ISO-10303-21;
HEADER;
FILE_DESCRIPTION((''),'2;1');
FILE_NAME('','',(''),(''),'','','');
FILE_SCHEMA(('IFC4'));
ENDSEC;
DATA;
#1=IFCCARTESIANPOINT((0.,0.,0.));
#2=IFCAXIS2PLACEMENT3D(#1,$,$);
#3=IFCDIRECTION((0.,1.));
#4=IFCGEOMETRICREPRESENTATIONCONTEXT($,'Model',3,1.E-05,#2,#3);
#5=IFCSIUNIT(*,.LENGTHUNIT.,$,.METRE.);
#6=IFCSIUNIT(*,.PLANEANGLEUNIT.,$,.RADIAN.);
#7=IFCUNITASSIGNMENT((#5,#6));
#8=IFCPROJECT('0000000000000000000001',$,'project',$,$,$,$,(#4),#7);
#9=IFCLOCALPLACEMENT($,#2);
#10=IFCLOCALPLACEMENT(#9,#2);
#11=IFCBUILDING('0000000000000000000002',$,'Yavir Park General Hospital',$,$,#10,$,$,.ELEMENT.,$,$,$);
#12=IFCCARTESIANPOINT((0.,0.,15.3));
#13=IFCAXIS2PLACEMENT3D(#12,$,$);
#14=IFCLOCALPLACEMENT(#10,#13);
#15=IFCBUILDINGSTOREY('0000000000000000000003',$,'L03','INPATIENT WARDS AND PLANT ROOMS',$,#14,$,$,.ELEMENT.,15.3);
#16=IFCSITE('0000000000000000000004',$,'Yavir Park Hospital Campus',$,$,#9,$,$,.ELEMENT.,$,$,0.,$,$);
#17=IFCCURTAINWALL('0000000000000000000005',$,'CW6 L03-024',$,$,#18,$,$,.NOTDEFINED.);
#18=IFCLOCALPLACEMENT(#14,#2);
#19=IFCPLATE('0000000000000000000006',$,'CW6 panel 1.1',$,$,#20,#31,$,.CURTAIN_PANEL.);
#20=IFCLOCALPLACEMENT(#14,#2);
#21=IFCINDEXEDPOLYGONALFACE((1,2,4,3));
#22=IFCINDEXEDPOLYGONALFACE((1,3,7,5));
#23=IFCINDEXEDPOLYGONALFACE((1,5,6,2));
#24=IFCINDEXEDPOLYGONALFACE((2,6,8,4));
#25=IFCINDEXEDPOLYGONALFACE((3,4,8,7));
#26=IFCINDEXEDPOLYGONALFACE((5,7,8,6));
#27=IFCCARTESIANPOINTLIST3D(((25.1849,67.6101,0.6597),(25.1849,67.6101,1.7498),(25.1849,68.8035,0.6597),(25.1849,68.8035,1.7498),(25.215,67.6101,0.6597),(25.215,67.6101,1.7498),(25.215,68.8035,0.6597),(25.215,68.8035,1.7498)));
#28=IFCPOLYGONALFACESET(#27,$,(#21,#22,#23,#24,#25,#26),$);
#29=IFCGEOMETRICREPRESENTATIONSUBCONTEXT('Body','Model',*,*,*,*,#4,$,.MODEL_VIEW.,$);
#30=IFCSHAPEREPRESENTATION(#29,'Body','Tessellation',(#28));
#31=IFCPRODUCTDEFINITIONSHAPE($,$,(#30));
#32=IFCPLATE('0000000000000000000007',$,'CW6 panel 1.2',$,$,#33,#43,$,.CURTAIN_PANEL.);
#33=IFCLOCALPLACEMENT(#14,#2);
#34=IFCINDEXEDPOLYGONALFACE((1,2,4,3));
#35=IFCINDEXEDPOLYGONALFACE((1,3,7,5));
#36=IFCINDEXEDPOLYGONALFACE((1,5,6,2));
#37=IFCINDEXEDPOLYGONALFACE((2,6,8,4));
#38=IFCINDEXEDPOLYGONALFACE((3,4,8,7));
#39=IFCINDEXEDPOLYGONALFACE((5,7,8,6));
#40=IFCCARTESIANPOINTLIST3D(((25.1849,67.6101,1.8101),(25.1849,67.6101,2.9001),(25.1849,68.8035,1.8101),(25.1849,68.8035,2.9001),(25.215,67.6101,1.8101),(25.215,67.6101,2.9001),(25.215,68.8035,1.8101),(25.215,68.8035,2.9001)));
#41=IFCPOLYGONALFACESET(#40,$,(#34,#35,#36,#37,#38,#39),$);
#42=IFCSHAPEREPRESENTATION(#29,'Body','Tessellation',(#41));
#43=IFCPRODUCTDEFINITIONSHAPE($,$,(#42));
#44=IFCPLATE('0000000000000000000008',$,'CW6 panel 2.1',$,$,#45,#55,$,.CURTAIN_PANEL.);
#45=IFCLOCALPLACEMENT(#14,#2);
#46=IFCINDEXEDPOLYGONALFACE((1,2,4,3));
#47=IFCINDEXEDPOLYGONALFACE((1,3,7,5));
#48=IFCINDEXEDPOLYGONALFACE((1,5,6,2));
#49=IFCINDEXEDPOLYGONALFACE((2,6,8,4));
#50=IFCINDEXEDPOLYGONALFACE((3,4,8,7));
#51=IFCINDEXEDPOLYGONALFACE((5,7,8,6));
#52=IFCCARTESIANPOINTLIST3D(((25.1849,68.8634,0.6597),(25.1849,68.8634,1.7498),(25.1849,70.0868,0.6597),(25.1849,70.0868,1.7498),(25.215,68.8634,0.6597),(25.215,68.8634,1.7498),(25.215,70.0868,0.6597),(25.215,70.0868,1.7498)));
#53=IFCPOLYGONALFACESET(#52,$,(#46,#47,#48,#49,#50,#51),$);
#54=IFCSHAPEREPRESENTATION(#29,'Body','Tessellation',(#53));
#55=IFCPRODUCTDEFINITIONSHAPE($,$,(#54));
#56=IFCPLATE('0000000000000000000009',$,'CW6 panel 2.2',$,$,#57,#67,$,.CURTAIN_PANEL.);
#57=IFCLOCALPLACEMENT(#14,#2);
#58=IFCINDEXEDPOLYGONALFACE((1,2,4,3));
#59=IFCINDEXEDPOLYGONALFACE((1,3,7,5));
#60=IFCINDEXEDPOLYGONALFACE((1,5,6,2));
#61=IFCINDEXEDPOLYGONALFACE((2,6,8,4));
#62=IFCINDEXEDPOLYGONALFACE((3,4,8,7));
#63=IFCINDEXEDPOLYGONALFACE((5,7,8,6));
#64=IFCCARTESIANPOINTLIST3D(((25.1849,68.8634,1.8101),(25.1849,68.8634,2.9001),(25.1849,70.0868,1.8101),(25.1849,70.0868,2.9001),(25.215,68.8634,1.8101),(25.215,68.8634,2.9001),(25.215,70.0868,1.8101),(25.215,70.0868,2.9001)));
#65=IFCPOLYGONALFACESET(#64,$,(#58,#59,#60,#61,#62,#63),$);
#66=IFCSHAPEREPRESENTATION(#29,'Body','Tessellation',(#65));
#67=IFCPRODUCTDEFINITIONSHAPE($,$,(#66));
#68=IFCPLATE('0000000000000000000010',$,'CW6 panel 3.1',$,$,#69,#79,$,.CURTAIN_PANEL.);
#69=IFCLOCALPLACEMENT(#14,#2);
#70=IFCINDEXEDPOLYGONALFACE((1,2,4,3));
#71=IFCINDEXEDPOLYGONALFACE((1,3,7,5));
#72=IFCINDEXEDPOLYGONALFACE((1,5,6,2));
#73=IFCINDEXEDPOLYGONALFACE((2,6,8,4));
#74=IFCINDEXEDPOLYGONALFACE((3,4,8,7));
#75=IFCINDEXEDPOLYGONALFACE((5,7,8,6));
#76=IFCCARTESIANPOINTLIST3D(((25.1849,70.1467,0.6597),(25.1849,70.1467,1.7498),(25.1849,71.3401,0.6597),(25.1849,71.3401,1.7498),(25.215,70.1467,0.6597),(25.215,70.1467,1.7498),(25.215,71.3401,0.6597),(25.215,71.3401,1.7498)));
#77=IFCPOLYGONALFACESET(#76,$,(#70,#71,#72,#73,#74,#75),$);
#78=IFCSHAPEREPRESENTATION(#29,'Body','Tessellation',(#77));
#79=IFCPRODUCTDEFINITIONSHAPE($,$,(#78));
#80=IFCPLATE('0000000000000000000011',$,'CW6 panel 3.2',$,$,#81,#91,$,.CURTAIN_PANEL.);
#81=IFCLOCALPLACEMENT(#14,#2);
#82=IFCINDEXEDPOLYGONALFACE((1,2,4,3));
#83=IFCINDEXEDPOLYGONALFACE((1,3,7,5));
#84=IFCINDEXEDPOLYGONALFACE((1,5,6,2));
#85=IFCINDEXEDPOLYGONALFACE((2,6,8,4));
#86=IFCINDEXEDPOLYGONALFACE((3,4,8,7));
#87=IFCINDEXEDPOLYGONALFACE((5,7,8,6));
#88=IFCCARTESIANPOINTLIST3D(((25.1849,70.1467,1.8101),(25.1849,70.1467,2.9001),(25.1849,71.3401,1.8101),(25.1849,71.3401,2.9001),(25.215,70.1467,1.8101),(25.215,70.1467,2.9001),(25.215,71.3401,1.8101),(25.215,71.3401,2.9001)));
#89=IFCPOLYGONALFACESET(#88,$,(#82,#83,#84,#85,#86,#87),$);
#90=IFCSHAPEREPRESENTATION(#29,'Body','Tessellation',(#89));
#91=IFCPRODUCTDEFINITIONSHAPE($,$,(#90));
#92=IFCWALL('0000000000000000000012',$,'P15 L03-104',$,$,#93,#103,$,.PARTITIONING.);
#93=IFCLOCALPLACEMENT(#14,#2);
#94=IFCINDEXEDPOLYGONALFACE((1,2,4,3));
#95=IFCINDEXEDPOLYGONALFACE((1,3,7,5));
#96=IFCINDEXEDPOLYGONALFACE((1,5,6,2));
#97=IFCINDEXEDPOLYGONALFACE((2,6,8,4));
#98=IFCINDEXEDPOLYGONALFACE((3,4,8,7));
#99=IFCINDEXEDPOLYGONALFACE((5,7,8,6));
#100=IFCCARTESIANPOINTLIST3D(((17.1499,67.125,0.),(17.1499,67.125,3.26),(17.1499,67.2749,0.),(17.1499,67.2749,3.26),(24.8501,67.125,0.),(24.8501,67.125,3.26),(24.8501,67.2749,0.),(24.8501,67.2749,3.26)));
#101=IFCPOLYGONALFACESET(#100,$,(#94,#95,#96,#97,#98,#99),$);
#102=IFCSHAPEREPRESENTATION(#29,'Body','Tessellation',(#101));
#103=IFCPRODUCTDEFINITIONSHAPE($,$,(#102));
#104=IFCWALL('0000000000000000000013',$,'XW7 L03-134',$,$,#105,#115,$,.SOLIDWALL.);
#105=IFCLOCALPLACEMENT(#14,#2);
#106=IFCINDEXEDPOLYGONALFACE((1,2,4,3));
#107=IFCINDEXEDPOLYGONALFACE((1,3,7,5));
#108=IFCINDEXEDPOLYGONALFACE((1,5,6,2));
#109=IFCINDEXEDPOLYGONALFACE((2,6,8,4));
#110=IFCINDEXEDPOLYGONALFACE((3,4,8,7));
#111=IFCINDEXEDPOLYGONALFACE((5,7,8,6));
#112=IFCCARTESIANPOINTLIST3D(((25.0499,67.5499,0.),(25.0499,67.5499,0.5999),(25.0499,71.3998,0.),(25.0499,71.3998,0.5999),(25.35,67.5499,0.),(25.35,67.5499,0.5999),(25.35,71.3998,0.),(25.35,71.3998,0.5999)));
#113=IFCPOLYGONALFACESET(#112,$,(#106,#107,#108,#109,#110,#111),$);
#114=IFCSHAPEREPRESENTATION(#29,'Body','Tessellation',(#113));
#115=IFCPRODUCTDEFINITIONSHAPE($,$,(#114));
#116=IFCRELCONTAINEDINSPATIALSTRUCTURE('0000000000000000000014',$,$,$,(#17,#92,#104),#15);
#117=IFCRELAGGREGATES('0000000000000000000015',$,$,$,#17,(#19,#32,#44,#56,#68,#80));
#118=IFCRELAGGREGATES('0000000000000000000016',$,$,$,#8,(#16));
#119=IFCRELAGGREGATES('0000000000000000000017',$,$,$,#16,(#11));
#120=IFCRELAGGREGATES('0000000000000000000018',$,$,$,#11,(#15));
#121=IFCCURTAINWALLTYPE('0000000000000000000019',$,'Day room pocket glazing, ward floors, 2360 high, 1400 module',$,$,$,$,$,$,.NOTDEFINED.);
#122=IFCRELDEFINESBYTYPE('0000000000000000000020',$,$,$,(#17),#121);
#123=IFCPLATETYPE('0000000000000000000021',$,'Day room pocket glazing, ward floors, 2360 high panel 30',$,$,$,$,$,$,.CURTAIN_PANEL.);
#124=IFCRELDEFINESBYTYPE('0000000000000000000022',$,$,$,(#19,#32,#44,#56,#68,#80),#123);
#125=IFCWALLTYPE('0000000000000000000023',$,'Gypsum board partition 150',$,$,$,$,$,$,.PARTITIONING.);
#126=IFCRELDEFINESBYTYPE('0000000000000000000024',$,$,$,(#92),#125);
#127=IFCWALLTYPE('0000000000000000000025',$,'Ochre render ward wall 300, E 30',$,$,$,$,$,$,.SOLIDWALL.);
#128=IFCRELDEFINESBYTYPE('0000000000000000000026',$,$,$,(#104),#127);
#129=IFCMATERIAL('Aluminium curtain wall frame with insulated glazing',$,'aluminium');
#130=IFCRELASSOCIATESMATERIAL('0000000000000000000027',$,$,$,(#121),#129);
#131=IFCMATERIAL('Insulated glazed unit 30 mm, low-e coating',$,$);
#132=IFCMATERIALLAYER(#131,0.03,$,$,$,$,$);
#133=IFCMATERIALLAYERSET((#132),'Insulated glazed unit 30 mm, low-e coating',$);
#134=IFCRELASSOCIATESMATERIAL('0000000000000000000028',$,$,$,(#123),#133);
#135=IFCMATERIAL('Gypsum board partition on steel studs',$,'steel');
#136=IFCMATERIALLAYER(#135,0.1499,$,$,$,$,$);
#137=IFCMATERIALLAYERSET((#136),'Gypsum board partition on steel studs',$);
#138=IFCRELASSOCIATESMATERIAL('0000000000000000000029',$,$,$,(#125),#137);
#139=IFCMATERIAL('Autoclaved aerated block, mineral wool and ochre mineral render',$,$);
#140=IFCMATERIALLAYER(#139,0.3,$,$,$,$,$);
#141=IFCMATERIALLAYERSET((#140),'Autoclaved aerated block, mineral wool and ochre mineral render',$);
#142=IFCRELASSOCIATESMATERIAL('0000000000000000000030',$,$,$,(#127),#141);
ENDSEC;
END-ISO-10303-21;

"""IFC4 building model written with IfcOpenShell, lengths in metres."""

from ifc_helpers import new_model, si_unit, direction, frame, frame_2d, origin, origin_2d, place, context, subcontext, project, spatial, rectangle, extrude, material, layer, layer_set, type_object, element, aggregate, save


model = new_model("IFC4")

# Units and contexts
model_context = context("Model", 3, precision=1e-05, world=origin(), true_north=direction((0.0, 1.0)))
body_context = subcontext(model_context, "Body", "Model", "MODEL_VIEW")
ifc_project = project(units=[si_unit("LENGTHUNIT", "METRE"), si_unit("PLANEANGLEUNIT", "RADIAN")], contexts=[model_context])

# Site, building, storey
site_placement = place(None, origin())
site = spatial("IfcSite", under=ifc_project, at=site_placement, Name="Yavir Park Hospital Campus", CompositionType="ELEMENT", RefElevation=0.0)
building_placement = place(site_placement, origin())
building = spatial("IfcBuilding", under=site, at=building_placement, Name="Yavir Park General Hospital", CompositionType="ELEMENT")
storey_placement = place(building_placement, frame((0.0, 0.0, 15.3)))
storey = spatial("IfcBuildingStorey", under=building, at=storey_placement, Name="L03", Description="INPATIENT WARDS AND PLANT ROOMS", CompositionType="ELEMENT", Elevation=15.3)

# Curtain wall
ifc_material_1 = material(Name="Aluminium curtain wall frame with insulated glazing", Category="aluminium")
curtain_wall_type = type_object("IfcCurtainWallType", Name="Day room pocket glazing, ward floors, 2360 high, 1400 module", PredefinedType="NOTDEFINED", material=ifc_material_1)
curtain_wall_placement = place(storey_placement, origin())
curtain_wall = element("IfcCurtainWall", 1, at=curtain_wall_placement, inside=storey, type_object=curtain_wall_type, Name="CW6 L03-024", PredefinedType="NOTDEFINED")

# Plates
ifc_material_2 = material(Name="Insulated glazed unit 30 mm, low-e coating")
ifc_layer_1 = layer(ifc_material_2, 0.03)
ifc_layer_set_1 = layer_set([ifc_layer_1], Name="Insulated glazed unit 30 mm, low-e coating")
plate_type = type_object("IfcPlateType", Name="Day room pocket glazing, ward floors, 2360 high panel 30", PredefinedType="CURTAIN_PANEL", material=ifc_layer_set_1)
plate_1_placement = place(storey_placement, frame((25.2, 68.2068, 0.6597), z_axis=(0.0, 0.0, 1.0), x_axis=(0.0, 1.0, 0.0)))
plate_1 = element("IfcPlate", 2, at=plate_1_placement, type_object=plate_type, Name="CW6 panel 1.1", PredefinedType="CURTAIN_PANEL", context=body_context, shape_type="SweptSolid", body=[
    extrude(rectangle(XDim=1.1934, YDim=0.03, at=origin_2d()), origin(), (0.0, 0.0, 1.0), 1.0901),
])
plate_2_placement = place(storey_placement, frame((25.2, 68.2068, 1.8101), z_axis=(0.0, 0.0, 1.0), x_axis=(0.0, 1.0, 0.0)))
plate_2 = element("IfcPlate", 3, at=plate_2_placement, type_object=plate_type, Name="CW6 panel 1.2", PredefinedType="CURTAIN_PANEL", context=body_context, shape_type="SweptSolid", body=[
    extrude(rectangle(XDim=1.1934, YDim=0.03, at=origin_2d()), origin(), (0.0, 0.0, 1.0), 1.0901),
])
plate_3_placement = place(storey_placement, frame((25.2, 69.4751, 0.6597), z_axis=(0.0, 0.0, 1.0), x_axis=(0.0, 1.0, 0.0)))
plate_3 = element("IfcPlate", 4, at=plate_3_placement, type_object=plate_type, Name="CW6 panel 2.1", PredefinedType="CURTAIN_PANEL", context=body_context, shape_type="SweptSolid", body=[
    extrude(rectangle(XDim=1.2234, YDim=0.03, at=origin_2d()), origin(), (0.0, 0.0, 1.0), 1.0901),
])
plate_4_placement = place(storey_placement, frame((25.2, 69.4751, 1.8101), z_axis=(0.0, 0.0, 1.0), x_axis=(0.0, 1.0, 0.0)))
plate_4 = element("IfcPlate", 5, at=plate_4_placement, type_object=plate_type, Name="CW6 panel 2.2", PredefinedType="CURTAIN_PANEL", context=body_context, shape_type="SweptSolid", body=[
    extrude(rectangle(XDim=1.2234, YDim=0.03, at=origin_2d()), origin(), (0.0, 0.0, 1.0), 1.0901),
])
plate_5_placement = place(storey_placement, frame((25.2, 70.7434, 0.6597), z_axis=(0.0, 0.0, 1.0), x_axis=(0.0, 1.0, 0.0)))
plate_5 = element("IfcPlate", 6, at=plate_5_placement, type_object=plate_type, Name="CW6 panel 3.1", PredefinedType="CURTAIN_PANEL", context=body_context, shape_type="SweptSolid", body=[
    extrude(rectangle(XDim=1.1934, YDim=0.03, at=origin_2d()), origin(), (0.0, 0.0, 1.0), 1.0901),
])
plate_6_placement = place(storey_placement, frame((25.2, 70.7434, 1.8101), z_axis=(0.0, 0.0, 1.0), x_axis=(0.0, 1.0, 0.0)))
plate_6 = element("IfcPlate", 7, at=plate_6_placement, type_object=plate_type, Name="CW6 panel 3.2", PredefinedType="CURTAIN_PANEL", context=body_context, shape_type="SweptSolid", body=[
    extrude(rectangle(XDim=1.1934, YDim=0.03, at=origin_2d()), origin(), (0.0, 0.0, 1.0), 1.0901),
])
aggregate(curtain_wall, [plate_1, plate_2, plate_3, plate_4, plate_5, plate_6])

# Walls
ifc_material_3 = material(Name="Gypsum board partition on steel studs", Category="steel")
ifc_layer_2 = layer(ifc_material_3, 0.1499)
ifc_layer_set_2 = layer_set([ifc_layer_2], Name="Gypsum board partition on steel studs")
wall_type_1 = type_object("IfcWallType", Name="Gypsum board partition 150", PredefinedType="PARTITIONING", material=ifc_layer_set_2)
wall_1_placement = place(storey_placement, frame((17.1499, 67.2, 0.0), z_axis=(0.0, 0.0, 1.0), x_axis=(1.0, 0.0, 0.0)))
element("IfcWall", 8, at=wall_1_placement, inside=storey, type_object=wall_type_1, Name="P15 L03-104", PredefinedType="PARTITIONING", context=body_context, shape_type="SweptSolid", body=[
    extrude(rectangle(XDim=7.7002, YDim=0.1499, at=frame_2d((3.8501, 0.0))), origin(), (0.0, 0.0, 1.0), 3.26),
])
ifc_material_4 = material(Name="Autoclaved aerated block, mineral wool and ochre mineral render")
ifc_layer_3 = layer(ifc_material_4, 0.3)
ifc_layer_set_3 = layer_set([ifc_layer_3], Name="Autoclaved aerated block, mineral wool and ochre mineral render")
wall_type_2 = type_object("IfcWallType", Name="Ochre render ward wall 300, E 30", PredefinedType="SOLIDWALL", material=ifc_layer_set_3)
wall_2_placement = place(storey_placement, frame((25.2, 67.55, 0.0), z_axis=(0.0, 0.0, 1.0), x_axis=(0.0, 1.0, 0.0)))
element("IfcWall", 9, at=wall_2_placement, inside=storey, type_object=wall_type_2, Name="XW7 L03-134", PredefinedType="SOLIDWALL", context=body_context, shape_type="SweptSolid", body=[
    extrude(rectangle(XDim=3.8499, YDim=0.3, at=frame_2d((1.9248, 0.0))), origin(), (0.0, 0.0, 1.0), 0.5999),
])

save(model, "model.ifc")
